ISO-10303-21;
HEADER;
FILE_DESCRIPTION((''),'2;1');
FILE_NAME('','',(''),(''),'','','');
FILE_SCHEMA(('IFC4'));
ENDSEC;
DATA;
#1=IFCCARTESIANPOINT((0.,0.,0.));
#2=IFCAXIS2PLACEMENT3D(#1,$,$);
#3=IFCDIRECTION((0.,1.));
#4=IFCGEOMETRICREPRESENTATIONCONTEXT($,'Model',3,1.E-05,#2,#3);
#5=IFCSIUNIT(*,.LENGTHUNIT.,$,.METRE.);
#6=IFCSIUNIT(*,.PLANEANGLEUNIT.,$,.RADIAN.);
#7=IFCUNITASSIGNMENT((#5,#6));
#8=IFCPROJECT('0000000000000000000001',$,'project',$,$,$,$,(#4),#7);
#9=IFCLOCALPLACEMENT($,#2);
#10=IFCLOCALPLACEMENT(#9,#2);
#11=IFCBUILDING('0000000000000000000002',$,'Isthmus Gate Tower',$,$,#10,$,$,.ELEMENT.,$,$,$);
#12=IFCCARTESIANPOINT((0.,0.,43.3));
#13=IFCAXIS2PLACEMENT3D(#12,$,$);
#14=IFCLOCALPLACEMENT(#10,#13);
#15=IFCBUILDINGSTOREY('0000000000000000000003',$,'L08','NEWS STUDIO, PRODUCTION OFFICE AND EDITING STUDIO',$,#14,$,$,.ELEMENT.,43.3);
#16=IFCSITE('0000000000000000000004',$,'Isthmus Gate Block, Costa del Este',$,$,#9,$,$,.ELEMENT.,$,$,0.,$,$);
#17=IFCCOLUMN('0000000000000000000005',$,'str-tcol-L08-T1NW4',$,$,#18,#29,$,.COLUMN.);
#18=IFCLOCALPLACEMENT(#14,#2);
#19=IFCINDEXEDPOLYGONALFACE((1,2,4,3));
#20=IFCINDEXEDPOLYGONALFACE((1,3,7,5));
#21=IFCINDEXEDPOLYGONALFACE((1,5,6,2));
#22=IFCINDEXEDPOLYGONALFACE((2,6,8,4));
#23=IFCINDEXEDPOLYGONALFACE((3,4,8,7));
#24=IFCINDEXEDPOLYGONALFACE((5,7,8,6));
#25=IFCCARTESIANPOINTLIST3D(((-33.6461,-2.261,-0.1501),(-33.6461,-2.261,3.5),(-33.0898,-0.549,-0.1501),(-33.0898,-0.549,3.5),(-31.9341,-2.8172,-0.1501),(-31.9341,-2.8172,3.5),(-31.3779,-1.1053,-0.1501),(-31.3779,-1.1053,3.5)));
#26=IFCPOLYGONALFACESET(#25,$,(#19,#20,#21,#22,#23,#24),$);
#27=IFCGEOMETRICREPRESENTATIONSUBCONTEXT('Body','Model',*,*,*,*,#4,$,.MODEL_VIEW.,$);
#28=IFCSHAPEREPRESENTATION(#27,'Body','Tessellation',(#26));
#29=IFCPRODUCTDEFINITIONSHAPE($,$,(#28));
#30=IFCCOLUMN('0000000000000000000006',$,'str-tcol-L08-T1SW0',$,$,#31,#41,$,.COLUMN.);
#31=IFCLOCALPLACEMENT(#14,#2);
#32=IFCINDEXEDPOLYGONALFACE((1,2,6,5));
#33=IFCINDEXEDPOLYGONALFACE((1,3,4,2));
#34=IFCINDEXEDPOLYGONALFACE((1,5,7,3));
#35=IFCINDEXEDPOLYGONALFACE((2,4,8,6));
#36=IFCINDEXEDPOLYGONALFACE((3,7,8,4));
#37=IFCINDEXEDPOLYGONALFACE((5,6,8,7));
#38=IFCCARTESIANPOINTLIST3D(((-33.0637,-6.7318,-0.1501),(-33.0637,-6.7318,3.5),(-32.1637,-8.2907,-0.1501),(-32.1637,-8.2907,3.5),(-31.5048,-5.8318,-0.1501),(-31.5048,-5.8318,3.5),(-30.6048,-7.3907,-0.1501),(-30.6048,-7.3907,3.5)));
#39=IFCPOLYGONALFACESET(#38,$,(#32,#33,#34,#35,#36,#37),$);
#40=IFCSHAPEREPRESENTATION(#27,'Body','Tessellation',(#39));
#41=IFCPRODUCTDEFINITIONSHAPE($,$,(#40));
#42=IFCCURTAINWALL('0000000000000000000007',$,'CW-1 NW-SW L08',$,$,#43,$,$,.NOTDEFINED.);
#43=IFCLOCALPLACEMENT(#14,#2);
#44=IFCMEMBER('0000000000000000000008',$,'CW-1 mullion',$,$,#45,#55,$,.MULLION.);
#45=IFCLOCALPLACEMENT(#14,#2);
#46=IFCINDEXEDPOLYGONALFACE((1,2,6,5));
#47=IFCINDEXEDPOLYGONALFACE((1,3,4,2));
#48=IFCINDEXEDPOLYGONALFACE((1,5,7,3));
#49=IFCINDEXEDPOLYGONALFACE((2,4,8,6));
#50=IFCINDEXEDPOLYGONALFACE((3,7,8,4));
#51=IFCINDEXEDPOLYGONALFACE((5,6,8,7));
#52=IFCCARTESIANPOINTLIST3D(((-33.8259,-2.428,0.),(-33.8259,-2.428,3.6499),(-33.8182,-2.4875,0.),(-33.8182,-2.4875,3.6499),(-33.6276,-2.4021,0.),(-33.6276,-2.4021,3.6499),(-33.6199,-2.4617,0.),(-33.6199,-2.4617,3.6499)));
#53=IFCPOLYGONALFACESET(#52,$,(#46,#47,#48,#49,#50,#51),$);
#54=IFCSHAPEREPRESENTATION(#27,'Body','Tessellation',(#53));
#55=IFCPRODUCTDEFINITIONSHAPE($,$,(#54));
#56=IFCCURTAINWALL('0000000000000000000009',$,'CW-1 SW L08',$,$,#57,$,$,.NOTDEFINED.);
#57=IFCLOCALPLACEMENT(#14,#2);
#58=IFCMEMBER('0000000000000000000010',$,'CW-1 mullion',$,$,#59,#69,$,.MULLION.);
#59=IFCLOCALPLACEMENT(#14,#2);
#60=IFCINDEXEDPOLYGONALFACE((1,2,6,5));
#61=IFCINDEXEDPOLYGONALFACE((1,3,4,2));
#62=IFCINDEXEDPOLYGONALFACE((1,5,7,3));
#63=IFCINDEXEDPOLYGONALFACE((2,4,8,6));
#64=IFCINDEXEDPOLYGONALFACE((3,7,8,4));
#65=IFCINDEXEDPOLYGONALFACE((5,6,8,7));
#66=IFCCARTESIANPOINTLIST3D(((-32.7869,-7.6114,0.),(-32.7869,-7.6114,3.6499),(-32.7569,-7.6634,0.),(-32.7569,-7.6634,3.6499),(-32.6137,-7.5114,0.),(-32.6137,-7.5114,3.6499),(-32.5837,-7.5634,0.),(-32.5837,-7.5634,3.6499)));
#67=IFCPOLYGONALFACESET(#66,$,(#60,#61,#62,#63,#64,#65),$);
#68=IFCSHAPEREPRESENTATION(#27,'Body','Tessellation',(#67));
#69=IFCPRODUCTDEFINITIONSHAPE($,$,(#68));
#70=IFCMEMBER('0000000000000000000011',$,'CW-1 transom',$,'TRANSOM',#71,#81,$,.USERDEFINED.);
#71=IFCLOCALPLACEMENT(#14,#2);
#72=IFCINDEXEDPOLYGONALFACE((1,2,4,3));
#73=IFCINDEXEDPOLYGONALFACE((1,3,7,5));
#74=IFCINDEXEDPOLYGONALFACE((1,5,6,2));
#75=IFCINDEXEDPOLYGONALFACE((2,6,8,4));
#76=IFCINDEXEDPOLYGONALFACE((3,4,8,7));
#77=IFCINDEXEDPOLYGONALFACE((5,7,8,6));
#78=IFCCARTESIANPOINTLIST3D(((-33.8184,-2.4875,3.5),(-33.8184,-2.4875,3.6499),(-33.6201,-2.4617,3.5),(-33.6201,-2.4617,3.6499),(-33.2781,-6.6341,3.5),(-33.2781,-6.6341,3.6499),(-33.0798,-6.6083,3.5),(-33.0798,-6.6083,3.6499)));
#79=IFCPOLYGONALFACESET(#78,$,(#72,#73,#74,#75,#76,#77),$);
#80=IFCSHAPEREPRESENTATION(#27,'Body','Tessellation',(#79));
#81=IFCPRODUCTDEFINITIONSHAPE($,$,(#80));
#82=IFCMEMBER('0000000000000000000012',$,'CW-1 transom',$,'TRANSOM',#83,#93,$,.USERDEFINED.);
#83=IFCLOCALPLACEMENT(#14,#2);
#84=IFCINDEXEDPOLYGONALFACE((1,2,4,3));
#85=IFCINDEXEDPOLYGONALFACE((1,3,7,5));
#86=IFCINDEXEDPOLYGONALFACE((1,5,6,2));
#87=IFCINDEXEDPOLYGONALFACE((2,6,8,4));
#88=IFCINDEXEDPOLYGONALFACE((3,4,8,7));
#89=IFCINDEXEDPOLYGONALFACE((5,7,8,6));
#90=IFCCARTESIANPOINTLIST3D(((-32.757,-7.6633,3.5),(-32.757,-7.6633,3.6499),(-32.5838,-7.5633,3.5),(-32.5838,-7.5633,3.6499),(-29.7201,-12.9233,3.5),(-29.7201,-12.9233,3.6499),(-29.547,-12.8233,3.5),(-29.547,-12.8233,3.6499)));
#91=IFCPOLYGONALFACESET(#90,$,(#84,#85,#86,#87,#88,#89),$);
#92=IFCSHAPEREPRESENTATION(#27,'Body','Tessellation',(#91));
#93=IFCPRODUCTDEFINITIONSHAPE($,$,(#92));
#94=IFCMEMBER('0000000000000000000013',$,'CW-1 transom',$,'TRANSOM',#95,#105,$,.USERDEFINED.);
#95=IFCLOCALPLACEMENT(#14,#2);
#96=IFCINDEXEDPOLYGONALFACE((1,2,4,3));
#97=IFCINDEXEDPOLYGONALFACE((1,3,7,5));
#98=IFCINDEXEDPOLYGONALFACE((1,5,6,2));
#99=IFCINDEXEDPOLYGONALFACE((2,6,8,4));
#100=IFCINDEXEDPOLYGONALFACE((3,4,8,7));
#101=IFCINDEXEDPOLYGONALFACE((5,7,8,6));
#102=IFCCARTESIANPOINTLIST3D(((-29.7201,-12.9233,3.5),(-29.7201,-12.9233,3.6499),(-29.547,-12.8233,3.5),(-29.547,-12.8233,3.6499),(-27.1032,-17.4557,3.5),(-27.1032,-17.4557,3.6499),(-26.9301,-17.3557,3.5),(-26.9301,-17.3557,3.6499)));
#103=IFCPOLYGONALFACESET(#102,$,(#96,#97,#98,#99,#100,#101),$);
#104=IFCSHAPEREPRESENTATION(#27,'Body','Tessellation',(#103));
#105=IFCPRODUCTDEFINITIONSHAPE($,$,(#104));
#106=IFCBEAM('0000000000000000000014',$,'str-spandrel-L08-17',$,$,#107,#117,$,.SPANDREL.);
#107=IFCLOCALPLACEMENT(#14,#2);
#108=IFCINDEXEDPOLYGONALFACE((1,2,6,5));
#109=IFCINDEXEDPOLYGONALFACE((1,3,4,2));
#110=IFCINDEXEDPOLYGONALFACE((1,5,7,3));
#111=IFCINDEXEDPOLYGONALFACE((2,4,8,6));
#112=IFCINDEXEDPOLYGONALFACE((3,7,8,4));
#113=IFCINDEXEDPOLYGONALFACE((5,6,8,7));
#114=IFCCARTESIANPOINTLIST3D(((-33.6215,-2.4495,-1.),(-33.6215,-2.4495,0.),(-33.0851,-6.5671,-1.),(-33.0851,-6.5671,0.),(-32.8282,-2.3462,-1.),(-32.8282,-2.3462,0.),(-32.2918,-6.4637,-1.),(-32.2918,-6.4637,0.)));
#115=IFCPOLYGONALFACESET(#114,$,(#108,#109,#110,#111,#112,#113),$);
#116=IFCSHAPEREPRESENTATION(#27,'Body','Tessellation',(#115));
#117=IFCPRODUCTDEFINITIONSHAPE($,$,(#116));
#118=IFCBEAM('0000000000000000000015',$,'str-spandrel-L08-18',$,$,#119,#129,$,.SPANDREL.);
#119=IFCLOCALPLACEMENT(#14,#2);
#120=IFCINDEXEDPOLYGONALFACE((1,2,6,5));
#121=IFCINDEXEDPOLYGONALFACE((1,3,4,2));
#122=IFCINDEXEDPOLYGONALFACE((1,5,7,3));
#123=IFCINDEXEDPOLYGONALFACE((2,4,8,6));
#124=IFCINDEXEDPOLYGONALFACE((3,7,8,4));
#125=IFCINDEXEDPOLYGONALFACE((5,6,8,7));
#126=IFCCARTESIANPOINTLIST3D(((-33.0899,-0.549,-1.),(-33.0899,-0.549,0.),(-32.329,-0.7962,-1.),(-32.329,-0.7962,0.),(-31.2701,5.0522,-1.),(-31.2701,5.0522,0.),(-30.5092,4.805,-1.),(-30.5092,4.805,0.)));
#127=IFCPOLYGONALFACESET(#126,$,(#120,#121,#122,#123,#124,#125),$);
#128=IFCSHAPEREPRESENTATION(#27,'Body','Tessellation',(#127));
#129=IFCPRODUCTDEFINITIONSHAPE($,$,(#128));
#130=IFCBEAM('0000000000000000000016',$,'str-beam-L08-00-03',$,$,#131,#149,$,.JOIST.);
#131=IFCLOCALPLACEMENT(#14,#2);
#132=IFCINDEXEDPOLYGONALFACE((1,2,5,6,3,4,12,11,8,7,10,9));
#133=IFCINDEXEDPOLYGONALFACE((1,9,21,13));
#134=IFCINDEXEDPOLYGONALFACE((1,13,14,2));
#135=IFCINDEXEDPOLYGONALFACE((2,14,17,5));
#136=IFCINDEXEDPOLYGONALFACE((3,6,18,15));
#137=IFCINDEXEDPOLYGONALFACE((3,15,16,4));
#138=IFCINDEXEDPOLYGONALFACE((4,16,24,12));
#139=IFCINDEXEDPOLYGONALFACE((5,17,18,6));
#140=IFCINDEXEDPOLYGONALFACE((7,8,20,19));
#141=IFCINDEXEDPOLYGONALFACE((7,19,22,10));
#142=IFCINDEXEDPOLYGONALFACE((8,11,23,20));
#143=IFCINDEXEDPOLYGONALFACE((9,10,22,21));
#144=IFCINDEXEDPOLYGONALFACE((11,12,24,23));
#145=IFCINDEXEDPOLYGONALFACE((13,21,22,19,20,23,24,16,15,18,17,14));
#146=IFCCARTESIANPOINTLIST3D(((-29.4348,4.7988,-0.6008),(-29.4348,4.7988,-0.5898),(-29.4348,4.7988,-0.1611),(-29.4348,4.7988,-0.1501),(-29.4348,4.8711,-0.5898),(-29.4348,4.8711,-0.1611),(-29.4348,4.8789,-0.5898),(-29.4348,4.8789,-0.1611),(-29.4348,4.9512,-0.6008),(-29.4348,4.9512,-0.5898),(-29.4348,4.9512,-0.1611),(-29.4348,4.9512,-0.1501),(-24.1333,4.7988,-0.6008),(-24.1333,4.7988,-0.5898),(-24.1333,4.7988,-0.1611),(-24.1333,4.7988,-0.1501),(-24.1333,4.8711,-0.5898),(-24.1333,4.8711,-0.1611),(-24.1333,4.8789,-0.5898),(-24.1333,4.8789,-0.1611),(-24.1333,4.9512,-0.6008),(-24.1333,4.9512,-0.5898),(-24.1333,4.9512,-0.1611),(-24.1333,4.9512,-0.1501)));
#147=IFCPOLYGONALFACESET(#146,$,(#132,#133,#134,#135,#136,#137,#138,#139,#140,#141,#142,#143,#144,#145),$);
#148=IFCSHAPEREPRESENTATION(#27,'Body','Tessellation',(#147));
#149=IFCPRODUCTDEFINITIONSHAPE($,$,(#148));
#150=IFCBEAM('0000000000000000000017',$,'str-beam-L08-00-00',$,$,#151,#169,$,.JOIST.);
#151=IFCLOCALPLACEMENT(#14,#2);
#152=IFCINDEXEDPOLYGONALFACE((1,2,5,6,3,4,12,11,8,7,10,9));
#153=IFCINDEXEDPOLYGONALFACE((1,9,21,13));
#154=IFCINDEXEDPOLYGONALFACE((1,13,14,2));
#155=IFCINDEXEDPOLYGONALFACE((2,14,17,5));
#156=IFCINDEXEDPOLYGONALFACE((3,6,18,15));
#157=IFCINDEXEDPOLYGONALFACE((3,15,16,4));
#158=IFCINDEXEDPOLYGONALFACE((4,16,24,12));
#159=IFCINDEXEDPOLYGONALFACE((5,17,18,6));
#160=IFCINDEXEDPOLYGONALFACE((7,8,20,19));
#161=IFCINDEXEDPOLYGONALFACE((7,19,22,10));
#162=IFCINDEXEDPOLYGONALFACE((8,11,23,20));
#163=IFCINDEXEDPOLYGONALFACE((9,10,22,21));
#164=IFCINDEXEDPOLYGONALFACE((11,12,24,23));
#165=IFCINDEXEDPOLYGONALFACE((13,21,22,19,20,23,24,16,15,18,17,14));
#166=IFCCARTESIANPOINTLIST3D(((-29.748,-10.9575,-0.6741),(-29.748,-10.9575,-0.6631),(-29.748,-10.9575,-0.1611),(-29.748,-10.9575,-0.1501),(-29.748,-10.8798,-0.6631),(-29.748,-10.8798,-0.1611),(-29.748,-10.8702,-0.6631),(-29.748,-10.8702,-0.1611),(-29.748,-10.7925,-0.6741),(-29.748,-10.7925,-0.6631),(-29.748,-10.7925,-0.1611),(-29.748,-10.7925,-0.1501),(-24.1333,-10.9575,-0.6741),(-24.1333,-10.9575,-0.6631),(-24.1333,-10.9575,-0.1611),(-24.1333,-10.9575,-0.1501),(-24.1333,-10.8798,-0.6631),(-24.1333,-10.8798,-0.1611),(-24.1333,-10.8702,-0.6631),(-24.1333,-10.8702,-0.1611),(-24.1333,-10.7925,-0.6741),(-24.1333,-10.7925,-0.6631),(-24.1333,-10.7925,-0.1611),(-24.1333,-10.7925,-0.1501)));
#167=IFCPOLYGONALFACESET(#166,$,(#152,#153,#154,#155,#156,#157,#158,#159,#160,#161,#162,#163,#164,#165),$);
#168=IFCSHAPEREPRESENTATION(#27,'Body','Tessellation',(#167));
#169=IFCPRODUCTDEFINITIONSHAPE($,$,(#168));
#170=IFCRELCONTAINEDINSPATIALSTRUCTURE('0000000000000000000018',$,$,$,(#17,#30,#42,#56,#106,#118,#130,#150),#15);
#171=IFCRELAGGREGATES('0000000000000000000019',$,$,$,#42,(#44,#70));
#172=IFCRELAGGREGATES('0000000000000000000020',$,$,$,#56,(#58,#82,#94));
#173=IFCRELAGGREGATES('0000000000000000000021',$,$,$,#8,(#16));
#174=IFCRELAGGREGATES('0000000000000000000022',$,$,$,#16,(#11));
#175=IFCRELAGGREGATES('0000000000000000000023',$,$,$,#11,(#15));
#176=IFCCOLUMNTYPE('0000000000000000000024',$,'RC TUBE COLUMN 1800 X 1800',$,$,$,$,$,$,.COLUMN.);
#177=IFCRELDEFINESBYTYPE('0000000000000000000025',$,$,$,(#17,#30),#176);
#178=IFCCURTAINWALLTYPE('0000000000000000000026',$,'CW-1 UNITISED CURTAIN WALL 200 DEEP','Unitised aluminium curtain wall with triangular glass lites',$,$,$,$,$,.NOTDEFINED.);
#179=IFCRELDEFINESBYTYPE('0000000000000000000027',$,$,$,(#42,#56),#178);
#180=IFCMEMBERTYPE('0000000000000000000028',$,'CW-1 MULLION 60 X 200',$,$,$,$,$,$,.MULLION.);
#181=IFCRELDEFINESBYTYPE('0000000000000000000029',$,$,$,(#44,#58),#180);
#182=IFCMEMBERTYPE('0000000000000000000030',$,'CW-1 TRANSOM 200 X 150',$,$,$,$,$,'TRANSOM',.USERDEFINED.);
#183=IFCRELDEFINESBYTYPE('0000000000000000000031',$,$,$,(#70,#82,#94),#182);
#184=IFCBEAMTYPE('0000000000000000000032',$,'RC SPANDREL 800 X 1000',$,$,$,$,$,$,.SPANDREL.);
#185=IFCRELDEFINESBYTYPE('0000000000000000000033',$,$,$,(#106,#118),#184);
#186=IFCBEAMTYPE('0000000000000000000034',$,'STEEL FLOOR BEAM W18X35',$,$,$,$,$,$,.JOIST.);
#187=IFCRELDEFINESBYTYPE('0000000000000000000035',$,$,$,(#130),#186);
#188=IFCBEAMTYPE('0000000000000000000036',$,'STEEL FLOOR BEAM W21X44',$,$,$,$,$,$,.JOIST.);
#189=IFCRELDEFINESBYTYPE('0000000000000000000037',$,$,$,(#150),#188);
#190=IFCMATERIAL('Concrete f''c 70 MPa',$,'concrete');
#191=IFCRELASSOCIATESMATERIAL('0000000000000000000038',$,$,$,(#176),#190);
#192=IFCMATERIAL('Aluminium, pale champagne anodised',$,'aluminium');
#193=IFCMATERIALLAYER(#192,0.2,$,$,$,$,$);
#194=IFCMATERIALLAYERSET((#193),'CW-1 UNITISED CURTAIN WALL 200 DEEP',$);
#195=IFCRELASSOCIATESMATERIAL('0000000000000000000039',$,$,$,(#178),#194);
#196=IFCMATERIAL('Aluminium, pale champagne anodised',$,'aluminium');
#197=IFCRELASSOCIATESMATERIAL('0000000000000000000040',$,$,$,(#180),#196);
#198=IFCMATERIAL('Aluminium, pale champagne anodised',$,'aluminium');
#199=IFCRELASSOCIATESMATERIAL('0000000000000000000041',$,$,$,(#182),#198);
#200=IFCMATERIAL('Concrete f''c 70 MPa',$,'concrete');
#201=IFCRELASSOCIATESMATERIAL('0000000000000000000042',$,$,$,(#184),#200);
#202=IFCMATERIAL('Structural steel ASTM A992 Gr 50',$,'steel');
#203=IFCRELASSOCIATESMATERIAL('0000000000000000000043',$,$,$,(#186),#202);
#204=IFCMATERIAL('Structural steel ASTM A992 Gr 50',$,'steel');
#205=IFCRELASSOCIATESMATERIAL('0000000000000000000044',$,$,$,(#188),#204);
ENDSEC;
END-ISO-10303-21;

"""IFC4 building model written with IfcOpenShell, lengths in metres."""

from ifc_helpers import new_model, si_unit, direction, frame, origin, origin_2d, place, context, subcontext, project, spatial, rectangle, i_section, extrude, material, layer, layer_set, material_profile, profile_set, type_object, element, aggregate, save


model = new_model("IFC4")

# Units and contexts
model_context = context("Model", 3, precision=1e-05, world=origin(), true_north=direction((0.0, 1.0)))
body_context = subcontext(model_context, "Body", "Model", "MODEL_VIEW")
ifc_project = project(units=[si_unit("LENGTHUNIT", "METRE"), si_unit("PLANEANGLEUNIT", "RADIAN")], contexts=[model_context])

# Site, building, storey
site_placement = place(None, origin())
site = spatial("IfcSite", under=ifc_project, at=site_placement, Name="Isthmus Gate Block, Costa del Este", CompositionType="ELEMENT", RefElevation=0.0)
building_placement = place(site_placement, origin())
building = spatial("IfcBuilding", under=site, at=building_placement, Name="Isthmus Gate Tower", CompositionType="ELEMENT")
storey_placement = place(building_placement, frame((0.0, 0.0, 43.3)))
storey = spatial("IfcBuildingStorey", under=building, at=storey_placement, Name="L08", Description="NEWS STUDIO, PRODUCTION OFFICE AND EDITING STUDIO", CompositionType="ELEMENT", Elevation=43.3)

# Columns
ifc_material_1 = material(Name="Concrete f'c 70 MPa", Category="concrete")
ifc_material_profile_1 = material_profile(ifc_material_1, rectangle(XDim=1.8, YDim=1.8, at=origin_2d()), Name="RC 1800X1800")
ifc_profile_set_1 = profile_set([ifc_material_profile_1], Name="Concrete f'c 70 MPa")
column_type = type_object("IfcColumnType", Name="RC TUBE COLUMN 1800 X 1800", PredefinedType="COLUMN", material=ifc_profile_set_1)
for number, where, z_axis, x_axis, name in (
    (1, (-32.512, -1.6831, -0.1501), (0.0, 0.0, 1.0), (-0.309017, -0.951057, 0.0), "str-tcol-L08-T1NW4"),
    (2, (-31.8342, -7.0613, -0.1501), (0.0, 0.0, 1.0), (0.5, -0.866025, 0.0), "str-tcol-L08-T1SW0"),
):
    element("IfcColumn", number, at=place(storey_placement, frame(where, z_axis=z_axis, x_axis=x_axis)), inside=storey, type_object=column_type, Name=name, PredefinedType="COLUMN", context=body_context, shape_type="SweptSolid", body=[
        extrude(rectangle(XDim=1.8, YDim=1.8, at=origin_2d()), origin(), (0.0, 0.0, 1.0), 3.6501),
    ])

# Curtain walls, members
ifc_material_2 = material(Name="Aluminium, pale champagne anodised", Category="aluminium")
ifc_layer_1 = layer(ifc_material_2, 0.2)
ifc_layer_set_1 = layer_set([ifc_layer_1], Name="CW-1 UNITISED CURTAIN WALL 200 DEEP")
curtain_wall_type = type_object("IfcCurtainWallType", Name="CW-1 UNITISED CURTAIN WALL 200 DEEP", Description="Unitised aluminium curtain wall with triangular glass lites", PredefinedType="NOTDEFINED", material=ifc_layer_set_1)
curtain_wall_1_placement = place(storey_placement, origin())
curtain_wall_1 = element("IfcCurtainWall", 3, at=curtain_wall_1_placement, inside=storey, type_object=curtain_wall_type, Name="CW-1 NW-SW L08", PredefinedType="NOTDEFINED")
ifc_material_3 = material(Name="Aluminium, pale champagne anodised", Category="aluminium")
ifc_material_profile_2 = material_profile(ifc_material_3, rectangle(XDim=0.0601, YDim=0.2, at=origin_2d()), Name="60x200")
ifc_profile_set_2 = profile_set([ifc_material_profile_2], Name="Aluminium, pale champagne anodised")
member_type_1 = type_object("IfcMemberType", Name="CW-1 MULLION 60 X 200", PredefinedType="MULLION", material=ifc_profile_set_2)
member_1_placement = place(storey_placement, frame((-33.7229, -2.4448, 0.0), z_axis=(0.0, 0.0, 1.0), x_axis=(0.129165, -0.991623, 0.0)))
member_1 = element("IfcMember", 4, at=member_1_placement, type_object=member_type_1, Name="CW-1 mullion", PredefinedType="MULLION", context=body_context, shape_type="SweptSolid", body=[
    extrude(rectangle(XDim=0.0601, YDim=0.2, at=origin_2d()), origin(), (0.0, 0.0, 1.0), 3.6499),
])
curtain_wall_2_placement = place(storey_placement, origin())
curtain_wall_2 = element("IfcCurtainWall", 5, at=curtain_wall_2_placement, inside=storey, type_object=curtain_wall_type, Name="CW-1 SW L08", PredefinedType="NOTDEFINED")
member_2_placement = place(storey_placement, frame((-32.6853, -7.5874, 0.0), z_axis=(0.0, 0.0, 1.0), x_axis=(0.5, -0.866025, 0.0)))
member_2 = element("IfcMember", 6, at=member_2_placement, type_object=member_type_1, Name="CW-1 mullion", PredefinedType="MULLION", context=body_context, shape_type="SweptSolid", body=[
    extrude(rectangle(XDim=0.0601, YDim=0.2, at=origin_2d()), origin(), (0.0, 0.0, 1.0), 3.6499),
])

# Members
ifc_material_4 = material(Name="Aluminium, pale champagne anodised", Category="aluminium")
ifc_material_profile_3 = material_profile(ifc_material_4, rectangle(XDim=0.2, YDim=0.1499, at=origin_2d()), Name="200x150")
ifc_profile_set_3 = profile_set([ifc_material_profile_3], Name="Aluminium, pale champagne anodised")
member_type_2 = type_object("IfcMemberType", Name="CW-1 TRANSOM 200 X 150", ElementType="TRANSOM", PredefinedType="USERDEFINED", material=ifc_profile_set_3)
member_3_placement = place(storey_placement, frame((-33.7192, -2.4746, 3.575), z_axis=(0.129207, -0.991618, 0.0), x_axis=(0.991618, 0.129207, 0.0)))
member_3 = element("IfcMember", 7, at=member_3_placement, type_object=member_type_2, Name="CW-1 transom", ObjectType="TRANSOM", PredefinedType="USERDEFINED", context=body_context, shape_type="SweptSolid", body=[
    extrude(rectangle(XDim=0.2, YDim=0.1499, at=origin_2d()), origin(), (0.0, 0.0, 1.0), 4.1816),
])
member_4_placement = place(storey_placement, frame((-32.6704, -7.6133, 3.575), z_axis=(0.5, -0.866026, 0.0), x_axis=(0.866026, 0.5, 0.0)))
member_4 = element("IfcMember", 8, at=member_4_placement, type_object=member_type_2, Name="CW-1 transom", ObjectType="TRANSOM", PredefinedType="USERDEFINED", context=body_context, shape_type="SweptSolid", body=[
    extrude(rectangle(XDim=0.2, YDim=0.1499, at=origin_2d()), origin(), (0.0, 0.0, 1.0), 6.0737),
])
member_5_placement = place(storey_placement, frame((-29.6335, -12.8733, 3.575), z_axis=(0.500017, -0.866015, 0.0), x_axis=(0.866015, 0.500017, 0.0)))
member_5 = element("IfcMember", 9, at=member_5_placement, type_object=member_type_2, Name="CW-1 transom", ObjectType="TRANSOM", PredefinedType="USERDEFINED", context=body_context, shape_type="SweptSolid", body=[
    extrude(rectangle(XDim=0.2, YDim=0.1499, at=origin_2d()), origin(), (0.0, 0.0, 1.0), 5.2336),
])

# Beams
ifc_material_5 = material(Name="Concrete f'c 70 MPa", Category="concrete")
ifc_material_profile_4 = material_profile(ifc_material_5, rectangle(XDim=0.8, YDim=1.0, at=origin_2d()), Name="RC 800X1000")
ifc_profile_set_4 = profile_set([ifc_material_profile_4], Name="Concrete f'c 70 MPa")
beam_type_1 = type_object("IfcBeamType", Name="RC SPANDREL 800 X 1000", PredefinedType="SPANDREL", material=ifc_profile_set_4)
beam_1_placement = place(storey_placement, frame((-32.6885, -6.5154, -0.5), z_axis=(-0.129171, 0.991622, 0.0), x_axis=(-0.991622, -0.129171, 0.0)))
element("IfcBeam", 10, at=beam_1_placement, inside=storey, type_object=beam_type_1, Name="str-spandrel-L08-17", PredefinedType="SPANDREL", context=body_context, shape_type="SweptSolid", body=[
    extrude(rectangle(XDim=0.8, YDim=1.0, at=origin_2d()), origin(), (0.0, 0.0, 1.0), 4.1523),
])
beam_2_placement = place(storey_placement, frame((-32.7095, -0.6726, -0.5), z_axis=(0.309005, 0.95106, 0.0), x_axis=(-0.95106, 0.309005, 0.0)))
element("IfcBeam", 11, at=beam_2_placement, inside=storey, type_object=beam_type_1, Name="str-spandrel-L08-18", PredefinedType="SPANDREL", context=body_context, shape_type="SweptSolid", body=[
    extrude(rectangle(XDim=0.8, YDim=1.0, at=origin_2d()), origin(), (0.0, 0.0, 1.0), 5.8894),
])
ifc_material_6 = material(Name="Structural steel ASTM A992 Gr 50", Category="steel")
ifc_material_profile_5 = material_profile(ifc_material_6, i_section(OverallWidth=0.1523, OverallDepth=0.4507, WebThickness=0.0078, FlangeThickness=0.011, at=origin_2d()), Name="W18X35")
ifc_profile_set_5 = profile_set([ifc_material_profile_5], Name="Structural steel ASTM A992 Gr 50")
beam_type_2 = type_object("IfcBeamType", Name="STEEL FLOOR BEAM W18X35", PredefinedType="JOIST", material=ifc_profile_set_5)
beam_3_placement = place(storey_placement, frame((-29.4348, 4.875, -0.3755), z_axis=(1.0, 0.0, 0.0), x_axis=(0.0, 1.0, 0.0)))
element("IfcBeam", 12, at=beam_3_placement, inside=storey, type_object=beam_type_2, Name="str-beam-L08-00-03", PredefinedType="JOIST", context=body_context, shape_type="SweptSolid", body=[
    extrude(i_section(OverallWidth=0.1523, OverallDepth=0.4507, WebThickness=0.0078, FlangeThickness=0.011, at=origin_2d()), origin(), (0.0, 0.0, 1.0), 5.3015),
])
ifc_material_7 = material(Name="Structural steel ASTM A992 Gr 50", Category="steel")
ifc_material_profile_6 = material_profile(ifc_material_7, i_section(OverallWidth=0.165, OverallDepth=0.5239, WebThickness=0.0095, FlangeThickness=0.011, at=origin_2d()), Name="W21X44")
ifc_profile_set_6 = profile_set([ifc_material_profile_6], Name="Structural steel ASTM A992 Gr 50")
beam_type_3 = type_object("IfcBeamType", Name="STEEL FLOOR BEAM W21X44", PredefinedType="JOIST", material=ifc_profile_set_6)
beam_4_placement = place(storey_placement, frame((-29.748, -10.875, -0.4121), z_axis=(1.0, 0.0, 0.0), x_axis=(0.0, 1.0, 0.0)))
element("IfcBeam", 13, at=beam_4_placement, inside=storey, type_object=beam_type_3, Name="str-beam-L08-00-00", PredefinedType="JOIST", context=body_context, shape_type="SweptSolid", body=[
    extrude(i_section(OverallWidth=0.165, OverallDepth=0.5239, WebThickness=0.0095, FlangeThickness=0.011, at=origin_2d()), origin(), (0.0, 0.0, 1.0), 5.6147),
])

aggregate(curtain_wall_1, [member_1, member_3])
aggregate(curtain_wall_2, [member_2, member_4, member_5])

save(model, "model.ifc")
